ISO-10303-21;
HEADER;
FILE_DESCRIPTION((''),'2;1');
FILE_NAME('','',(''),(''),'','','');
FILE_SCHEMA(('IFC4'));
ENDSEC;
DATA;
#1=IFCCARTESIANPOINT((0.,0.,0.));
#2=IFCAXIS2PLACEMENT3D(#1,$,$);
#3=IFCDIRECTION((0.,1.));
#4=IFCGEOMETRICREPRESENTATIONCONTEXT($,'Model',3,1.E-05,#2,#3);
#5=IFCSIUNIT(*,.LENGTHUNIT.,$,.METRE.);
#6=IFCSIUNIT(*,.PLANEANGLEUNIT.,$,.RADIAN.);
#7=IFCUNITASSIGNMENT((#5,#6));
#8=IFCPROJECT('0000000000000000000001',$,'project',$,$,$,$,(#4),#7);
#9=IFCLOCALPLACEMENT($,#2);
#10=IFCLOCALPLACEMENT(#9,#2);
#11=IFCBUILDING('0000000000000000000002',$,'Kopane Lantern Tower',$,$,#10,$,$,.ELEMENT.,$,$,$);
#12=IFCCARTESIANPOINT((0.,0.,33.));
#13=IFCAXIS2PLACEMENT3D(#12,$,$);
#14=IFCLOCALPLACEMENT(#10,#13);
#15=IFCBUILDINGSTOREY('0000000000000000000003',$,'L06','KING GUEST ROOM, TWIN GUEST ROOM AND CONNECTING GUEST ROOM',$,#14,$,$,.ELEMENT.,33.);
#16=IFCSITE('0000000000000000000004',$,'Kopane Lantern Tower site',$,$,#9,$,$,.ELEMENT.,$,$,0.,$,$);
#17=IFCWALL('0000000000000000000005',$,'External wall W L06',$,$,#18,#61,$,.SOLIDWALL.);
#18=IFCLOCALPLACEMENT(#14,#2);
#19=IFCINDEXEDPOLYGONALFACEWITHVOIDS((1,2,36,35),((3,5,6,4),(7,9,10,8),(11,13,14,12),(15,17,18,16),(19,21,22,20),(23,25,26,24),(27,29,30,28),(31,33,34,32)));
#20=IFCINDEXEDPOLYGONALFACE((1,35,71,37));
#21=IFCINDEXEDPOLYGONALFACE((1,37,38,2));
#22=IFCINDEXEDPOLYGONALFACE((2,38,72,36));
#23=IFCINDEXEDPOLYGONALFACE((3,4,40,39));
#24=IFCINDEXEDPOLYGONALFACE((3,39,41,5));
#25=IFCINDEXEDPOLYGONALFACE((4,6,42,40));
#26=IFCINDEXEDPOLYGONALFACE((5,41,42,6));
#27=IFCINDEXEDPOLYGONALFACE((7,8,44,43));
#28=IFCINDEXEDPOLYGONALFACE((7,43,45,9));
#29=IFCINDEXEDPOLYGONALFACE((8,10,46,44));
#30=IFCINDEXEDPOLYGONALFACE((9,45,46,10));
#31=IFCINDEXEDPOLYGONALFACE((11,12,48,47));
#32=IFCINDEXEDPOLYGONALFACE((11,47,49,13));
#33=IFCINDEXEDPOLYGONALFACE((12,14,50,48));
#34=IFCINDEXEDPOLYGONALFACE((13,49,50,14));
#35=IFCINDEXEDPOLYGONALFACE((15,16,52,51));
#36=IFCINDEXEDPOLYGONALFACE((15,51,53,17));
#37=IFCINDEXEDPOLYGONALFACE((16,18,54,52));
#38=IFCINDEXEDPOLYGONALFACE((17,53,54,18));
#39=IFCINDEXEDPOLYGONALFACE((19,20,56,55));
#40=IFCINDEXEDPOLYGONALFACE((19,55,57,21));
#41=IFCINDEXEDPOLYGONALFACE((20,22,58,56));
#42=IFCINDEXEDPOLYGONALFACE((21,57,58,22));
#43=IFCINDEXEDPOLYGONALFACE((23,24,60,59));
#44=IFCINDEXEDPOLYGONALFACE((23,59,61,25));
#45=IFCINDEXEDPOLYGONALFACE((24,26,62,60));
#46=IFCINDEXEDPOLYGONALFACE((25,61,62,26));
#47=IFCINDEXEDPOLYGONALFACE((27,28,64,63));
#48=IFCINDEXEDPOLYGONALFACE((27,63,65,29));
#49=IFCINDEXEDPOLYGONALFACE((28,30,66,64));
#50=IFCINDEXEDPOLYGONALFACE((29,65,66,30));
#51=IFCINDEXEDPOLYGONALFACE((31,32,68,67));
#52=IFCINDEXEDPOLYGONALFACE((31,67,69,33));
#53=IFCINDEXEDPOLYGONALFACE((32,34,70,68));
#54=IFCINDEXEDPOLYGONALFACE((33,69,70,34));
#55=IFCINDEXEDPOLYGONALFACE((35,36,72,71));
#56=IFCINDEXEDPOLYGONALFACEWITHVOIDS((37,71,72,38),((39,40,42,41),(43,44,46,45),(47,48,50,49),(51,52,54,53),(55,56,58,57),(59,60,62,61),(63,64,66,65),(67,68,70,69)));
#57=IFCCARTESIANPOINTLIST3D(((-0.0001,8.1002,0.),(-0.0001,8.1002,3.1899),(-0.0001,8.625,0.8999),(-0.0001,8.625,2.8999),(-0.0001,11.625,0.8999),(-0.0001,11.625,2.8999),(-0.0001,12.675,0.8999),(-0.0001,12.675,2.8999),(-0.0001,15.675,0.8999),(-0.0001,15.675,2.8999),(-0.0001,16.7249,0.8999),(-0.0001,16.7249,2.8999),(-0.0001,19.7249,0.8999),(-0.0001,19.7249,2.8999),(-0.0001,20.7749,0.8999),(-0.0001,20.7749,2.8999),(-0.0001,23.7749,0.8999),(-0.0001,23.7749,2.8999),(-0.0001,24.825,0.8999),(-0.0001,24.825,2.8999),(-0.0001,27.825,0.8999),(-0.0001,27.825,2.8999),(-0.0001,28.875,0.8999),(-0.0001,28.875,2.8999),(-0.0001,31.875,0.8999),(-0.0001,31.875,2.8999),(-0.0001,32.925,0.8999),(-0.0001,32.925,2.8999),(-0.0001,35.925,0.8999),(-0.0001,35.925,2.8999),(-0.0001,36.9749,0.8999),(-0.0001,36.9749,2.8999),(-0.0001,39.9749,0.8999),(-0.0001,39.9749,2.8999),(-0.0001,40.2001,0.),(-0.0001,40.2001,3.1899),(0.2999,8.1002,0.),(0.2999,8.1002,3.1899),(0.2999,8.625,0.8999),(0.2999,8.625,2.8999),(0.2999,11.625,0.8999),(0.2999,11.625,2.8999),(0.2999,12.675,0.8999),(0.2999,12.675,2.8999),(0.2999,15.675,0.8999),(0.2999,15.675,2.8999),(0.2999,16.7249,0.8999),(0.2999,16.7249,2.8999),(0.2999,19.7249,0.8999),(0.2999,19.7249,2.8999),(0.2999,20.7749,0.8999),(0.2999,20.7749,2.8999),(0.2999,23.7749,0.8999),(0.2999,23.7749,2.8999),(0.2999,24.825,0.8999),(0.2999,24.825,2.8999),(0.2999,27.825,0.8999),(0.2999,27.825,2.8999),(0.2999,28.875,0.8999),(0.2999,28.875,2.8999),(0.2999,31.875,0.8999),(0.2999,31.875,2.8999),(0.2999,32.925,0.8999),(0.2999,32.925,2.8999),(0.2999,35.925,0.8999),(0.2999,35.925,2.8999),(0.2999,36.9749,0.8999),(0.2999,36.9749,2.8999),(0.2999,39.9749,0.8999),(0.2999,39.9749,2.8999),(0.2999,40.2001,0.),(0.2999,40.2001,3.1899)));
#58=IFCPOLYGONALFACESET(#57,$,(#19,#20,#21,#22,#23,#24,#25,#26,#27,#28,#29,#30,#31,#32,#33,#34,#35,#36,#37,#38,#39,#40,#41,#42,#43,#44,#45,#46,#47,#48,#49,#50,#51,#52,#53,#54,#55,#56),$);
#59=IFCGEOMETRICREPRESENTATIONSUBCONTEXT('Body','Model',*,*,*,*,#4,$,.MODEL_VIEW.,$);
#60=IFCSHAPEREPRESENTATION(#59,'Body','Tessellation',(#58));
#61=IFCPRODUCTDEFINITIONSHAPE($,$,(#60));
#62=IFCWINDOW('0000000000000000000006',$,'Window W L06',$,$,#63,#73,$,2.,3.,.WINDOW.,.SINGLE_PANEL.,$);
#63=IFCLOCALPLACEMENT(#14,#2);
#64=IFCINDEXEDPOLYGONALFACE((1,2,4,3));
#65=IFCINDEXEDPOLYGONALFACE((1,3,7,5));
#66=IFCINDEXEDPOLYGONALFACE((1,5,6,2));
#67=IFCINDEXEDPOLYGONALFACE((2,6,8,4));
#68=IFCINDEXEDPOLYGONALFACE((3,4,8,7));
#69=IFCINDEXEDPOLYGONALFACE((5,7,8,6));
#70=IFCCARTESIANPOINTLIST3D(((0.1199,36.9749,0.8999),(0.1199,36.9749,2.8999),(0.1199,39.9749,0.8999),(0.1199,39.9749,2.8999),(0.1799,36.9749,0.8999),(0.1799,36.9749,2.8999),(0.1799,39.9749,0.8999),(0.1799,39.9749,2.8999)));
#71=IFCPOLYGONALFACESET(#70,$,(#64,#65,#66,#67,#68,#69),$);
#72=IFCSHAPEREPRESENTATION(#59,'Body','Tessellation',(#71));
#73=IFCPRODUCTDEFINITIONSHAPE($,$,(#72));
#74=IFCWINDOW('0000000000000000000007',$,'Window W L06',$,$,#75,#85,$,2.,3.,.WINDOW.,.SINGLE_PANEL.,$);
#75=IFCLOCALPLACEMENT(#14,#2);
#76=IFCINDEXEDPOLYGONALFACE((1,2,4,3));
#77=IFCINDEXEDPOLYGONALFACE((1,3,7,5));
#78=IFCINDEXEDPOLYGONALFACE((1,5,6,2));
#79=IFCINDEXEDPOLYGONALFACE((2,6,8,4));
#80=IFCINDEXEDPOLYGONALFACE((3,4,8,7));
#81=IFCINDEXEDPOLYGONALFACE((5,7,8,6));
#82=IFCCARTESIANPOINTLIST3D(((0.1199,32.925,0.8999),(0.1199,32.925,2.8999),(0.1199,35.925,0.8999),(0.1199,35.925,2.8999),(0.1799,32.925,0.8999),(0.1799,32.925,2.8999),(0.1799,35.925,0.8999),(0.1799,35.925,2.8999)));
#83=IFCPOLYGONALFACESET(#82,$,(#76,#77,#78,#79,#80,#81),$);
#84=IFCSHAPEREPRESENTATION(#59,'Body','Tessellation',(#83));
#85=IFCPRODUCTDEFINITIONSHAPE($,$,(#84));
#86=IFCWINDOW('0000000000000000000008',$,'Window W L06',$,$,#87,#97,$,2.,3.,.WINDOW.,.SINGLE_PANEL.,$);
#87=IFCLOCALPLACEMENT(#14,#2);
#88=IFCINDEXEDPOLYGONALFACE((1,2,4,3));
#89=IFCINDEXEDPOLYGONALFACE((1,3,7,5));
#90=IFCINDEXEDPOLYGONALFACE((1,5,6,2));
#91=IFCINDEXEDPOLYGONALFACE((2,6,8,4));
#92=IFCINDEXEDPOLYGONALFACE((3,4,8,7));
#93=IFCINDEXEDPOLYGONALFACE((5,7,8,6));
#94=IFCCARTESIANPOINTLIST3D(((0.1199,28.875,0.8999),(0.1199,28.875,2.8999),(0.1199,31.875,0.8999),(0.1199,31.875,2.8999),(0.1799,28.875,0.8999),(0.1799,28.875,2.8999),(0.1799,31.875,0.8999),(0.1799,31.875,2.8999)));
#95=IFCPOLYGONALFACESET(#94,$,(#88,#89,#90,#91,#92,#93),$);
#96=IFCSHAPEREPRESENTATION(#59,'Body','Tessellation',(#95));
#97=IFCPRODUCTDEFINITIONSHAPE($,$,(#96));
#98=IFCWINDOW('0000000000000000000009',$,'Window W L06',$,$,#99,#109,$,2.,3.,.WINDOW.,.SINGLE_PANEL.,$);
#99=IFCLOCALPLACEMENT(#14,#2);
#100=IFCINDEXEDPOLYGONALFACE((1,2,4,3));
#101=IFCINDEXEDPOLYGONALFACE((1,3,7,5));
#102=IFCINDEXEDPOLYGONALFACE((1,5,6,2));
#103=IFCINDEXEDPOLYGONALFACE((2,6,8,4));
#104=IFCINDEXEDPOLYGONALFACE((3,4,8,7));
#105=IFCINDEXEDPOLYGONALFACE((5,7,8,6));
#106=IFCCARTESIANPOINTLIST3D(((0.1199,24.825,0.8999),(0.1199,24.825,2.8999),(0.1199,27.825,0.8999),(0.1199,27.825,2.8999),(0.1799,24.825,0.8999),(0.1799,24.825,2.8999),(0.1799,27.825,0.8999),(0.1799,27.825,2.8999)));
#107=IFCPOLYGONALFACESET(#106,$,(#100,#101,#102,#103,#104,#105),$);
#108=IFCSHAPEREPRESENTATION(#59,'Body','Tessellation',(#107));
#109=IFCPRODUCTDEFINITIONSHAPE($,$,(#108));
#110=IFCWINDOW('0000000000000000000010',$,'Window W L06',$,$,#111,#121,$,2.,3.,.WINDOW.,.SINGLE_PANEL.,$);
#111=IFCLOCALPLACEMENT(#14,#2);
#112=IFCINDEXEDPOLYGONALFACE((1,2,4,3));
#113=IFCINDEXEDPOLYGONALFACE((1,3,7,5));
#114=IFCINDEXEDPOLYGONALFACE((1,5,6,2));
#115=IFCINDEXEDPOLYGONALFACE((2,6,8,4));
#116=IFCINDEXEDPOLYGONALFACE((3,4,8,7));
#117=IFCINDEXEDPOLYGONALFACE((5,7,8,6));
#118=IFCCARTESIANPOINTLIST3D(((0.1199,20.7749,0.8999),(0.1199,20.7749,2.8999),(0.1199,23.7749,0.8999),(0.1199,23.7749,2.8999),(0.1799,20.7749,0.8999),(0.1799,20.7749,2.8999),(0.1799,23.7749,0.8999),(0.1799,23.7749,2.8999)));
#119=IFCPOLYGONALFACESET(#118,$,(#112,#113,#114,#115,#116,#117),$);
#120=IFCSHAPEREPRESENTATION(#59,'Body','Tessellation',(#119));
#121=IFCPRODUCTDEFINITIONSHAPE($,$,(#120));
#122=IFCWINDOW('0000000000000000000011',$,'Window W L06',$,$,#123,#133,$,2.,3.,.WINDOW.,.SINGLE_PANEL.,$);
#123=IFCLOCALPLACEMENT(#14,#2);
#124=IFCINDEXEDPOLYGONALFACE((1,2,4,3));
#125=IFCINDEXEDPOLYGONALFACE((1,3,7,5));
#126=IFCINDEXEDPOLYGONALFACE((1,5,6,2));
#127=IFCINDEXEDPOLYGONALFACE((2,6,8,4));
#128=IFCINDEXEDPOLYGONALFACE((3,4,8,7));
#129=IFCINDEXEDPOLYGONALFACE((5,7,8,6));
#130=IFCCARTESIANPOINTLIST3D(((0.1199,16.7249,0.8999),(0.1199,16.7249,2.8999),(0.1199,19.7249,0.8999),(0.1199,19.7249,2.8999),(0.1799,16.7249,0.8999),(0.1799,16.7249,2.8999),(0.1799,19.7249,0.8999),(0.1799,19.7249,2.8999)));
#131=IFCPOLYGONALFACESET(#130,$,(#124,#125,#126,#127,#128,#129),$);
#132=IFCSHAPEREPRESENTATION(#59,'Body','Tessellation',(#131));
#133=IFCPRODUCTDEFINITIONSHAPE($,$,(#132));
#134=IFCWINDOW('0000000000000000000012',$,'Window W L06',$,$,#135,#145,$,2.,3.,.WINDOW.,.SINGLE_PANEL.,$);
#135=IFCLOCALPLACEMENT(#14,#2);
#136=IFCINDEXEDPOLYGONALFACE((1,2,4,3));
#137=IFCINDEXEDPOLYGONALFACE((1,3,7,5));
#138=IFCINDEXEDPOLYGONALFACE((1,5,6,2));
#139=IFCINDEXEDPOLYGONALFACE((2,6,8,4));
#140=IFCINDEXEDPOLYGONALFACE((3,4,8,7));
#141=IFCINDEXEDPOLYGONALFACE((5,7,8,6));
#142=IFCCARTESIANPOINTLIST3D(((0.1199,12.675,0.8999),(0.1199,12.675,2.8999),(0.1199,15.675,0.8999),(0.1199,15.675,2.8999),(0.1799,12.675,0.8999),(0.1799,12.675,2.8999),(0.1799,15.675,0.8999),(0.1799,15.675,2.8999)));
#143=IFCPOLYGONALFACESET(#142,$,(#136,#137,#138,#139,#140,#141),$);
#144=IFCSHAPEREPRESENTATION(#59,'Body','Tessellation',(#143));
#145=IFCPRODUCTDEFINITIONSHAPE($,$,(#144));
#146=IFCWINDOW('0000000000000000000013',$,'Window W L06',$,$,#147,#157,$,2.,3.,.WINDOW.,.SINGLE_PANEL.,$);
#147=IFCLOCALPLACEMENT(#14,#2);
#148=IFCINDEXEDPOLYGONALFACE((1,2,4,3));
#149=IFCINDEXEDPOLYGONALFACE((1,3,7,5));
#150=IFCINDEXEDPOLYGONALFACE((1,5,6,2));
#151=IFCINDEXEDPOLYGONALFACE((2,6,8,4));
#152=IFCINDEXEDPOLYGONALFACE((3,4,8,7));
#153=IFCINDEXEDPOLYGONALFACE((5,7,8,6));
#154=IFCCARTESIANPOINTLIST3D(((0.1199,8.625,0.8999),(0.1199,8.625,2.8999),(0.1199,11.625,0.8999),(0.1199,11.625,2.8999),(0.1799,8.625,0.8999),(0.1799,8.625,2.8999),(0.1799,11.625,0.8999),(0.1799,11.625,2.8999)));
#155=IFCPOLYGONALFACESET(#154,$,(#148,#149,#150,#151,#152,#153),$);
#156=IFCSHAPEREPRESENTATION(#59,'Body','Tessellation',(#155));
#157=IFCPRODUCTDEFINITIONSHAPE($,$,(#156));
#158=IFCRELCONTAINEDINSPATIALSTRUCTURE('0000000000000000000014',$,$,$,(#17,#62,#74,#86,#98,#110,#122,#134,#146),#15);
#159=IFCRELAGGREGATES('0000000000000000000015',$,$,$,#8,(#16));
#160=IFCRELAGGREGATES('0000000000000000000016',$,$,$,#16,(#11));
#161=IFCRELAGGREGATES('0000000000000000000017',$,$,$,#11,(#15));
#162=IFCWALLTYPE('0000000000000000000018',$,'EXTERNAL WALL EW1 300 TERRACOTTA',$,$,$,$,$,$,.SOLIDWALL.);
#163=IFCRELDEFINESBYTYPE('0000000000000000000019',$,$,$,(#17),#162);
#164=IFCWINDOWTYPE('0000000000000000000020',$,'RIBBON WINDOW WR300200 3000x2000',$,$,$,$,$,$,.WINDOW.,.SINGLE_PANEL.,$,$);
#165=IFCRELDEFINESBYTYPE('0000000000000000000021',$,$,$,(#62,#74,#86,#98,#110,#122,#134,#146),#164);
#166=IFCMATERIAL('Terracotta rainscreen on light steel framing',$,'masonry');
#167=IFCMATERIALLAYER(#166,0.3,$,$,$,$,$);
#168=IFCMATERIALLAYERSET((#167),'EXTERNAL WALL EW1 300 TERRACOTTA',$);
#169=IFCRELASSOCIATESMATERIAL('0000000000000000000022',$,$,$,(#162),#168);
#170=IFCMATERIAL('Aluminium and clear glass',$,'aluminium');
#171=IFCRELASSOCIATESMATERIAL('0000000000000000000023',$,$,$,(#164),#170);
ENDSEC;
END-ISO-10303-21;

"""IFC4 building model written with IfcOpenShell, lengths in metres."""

from ifc_helpers import new_model, si_unit, direction, frame, frame_2d, origin, place, context, subcontext, project, spatial, rectangle, extrude, material, layer, layer_set, type_object, element, fill, save


model = new_model("IFC4")

# Units and contexts
model_context = context("Model", 3, precision=1e-05, world=origin(), true_north=direction((0.0, 1.0)))
body_context = subcontext(model_context, "Body", "Model", "MODEL_VIEW")
ifc_project = project(units=[si_unit("LENGTHUNIT", "METRE"), si_unit("PLANEANGLEUNIT", "RADIAN")], contexts=[model_context])

# Site, building, storey
site_placement = place(None, origin())
site = spatial("IfcSite", under=ifc_project, at=site_placement, Name="Kopane Lantern Tower site", CompositionType="ELEMENT", RefElevation=0.0)
building_placement = place(site_placement, origin())
building = spatial("IfcBuilding", under=site, at=building_placement, Name="Kopane Lantern Tower", CompositionType="ELEMENT")
storey_placement = place(building_placement, frame((0.0, 0.0, 33.0)))
storey = spatial("IfcBuildingStorey", under=building, at=storey_placement, Name="L06", Description="KING GUEST ROOM, TWIN GUEST ROOM AND CONNECTING GUEST ROOM", CompositionType="ELEMENT", Elevation=33.0)

# Shared definitions
ifc_material_1 = material(Name="Terracotta rainscreen on light steel framing", Category="masonry")
ifc_layer_1 = layer(ifc_material_1, 0.3)
ifc_layer_set_1 = layer_set([ifc_layer_1], Name="EXTERNAL WALL EW1 300 TERRACOTTA")
wall_type_1 = type_object("IfcWallType", Name="EXTERNAL WALL EW1 300 TERRACOTTA", PredefinedType="SOLIDWALL", material=ifc_layer_set_1)

# Wall, openings, windows
wall_1_placement = place(storey_placement, frame((0.1499, 40.2, 0.0), z_axis=(0.0, 0.0, 1.0), x_axis=(0.0, -1.0, 0.0)))
wall_1 = element("IfcWall", 1, at=wall_1_placement, inside=storey, type_object=wall_type_1, Name="External wall W L06", PredefinedType="SOLIDWALL", context=body_context, shape_type="SweptSolid", body=[
    extrude(rectangle(XDim=32.0999, YDim=0.3, at=frame_2d((16.0498, 0.0))), origin(), (0.0, 0.0, 1.0), 3.1899),
])
opening_1_placement = place(wall_1_placement, frame((0.2251, 0.0, 0.8999)))
opening_1 = element("IfcOpeningElement", 2, at=opening_1_placement, cuts=wall_1, PredefinedType="OPENING", context=body_context, shape_type="SweptSolid", body=[
    extrude(rectangle(XDim=3.0, YDim=2.0, at=frame_2d((1.5, 1.0))), frame((0.0, 0.1599, 0.0), z_axis=(0.0, -1.0, 0.0), x_axis=(1.0, 0.0, 0.0)), (0.0, 0.0, 1.0), 0.3201),
])
opening_2_placement = place(wall_1_placement, frame((4.2749, 0.0, 0.8999)))
opening_2 = element("IfcOpeningElement", 3, at=opening_2_placement, cuts=wall_1, PredefinedType="OPENING", context=body_context, shape_type="SweptSolid", body=[
    extrude(rectangle(XDim=3.0, YDim=2.0, at=frame_2d((1.5, 1.0))), frame((0.0, 0.1599, 0.0), z_axis=(0.0, -1.0, 0.0), x_axis=(1.0, 0.0, 0.0)), (0.0, 0.0, 1.0), 0.3201),
])
opening_3_placement = place(wall_1_placement, frame((8.325, 0.0, 0.8999)))
opening_3 = element("IfcOpeningElement", 4, at=opening_3_placement, cuts=wall_1, PredefinedType="OPENING", context=body_context, shape_type="SweptSolid", body=[
    extrude(rectangle(XDim=3.0, YDim=2.0, at=frame_2d((1.5, 1.0))), frame((0.0, 0.1599, 0.0), z_axis=(0.0, -1.0, 0.0), x_axis=(1.0, 0.0, 0.0)), (0.0, 0.0, 1.0), 0.3201),
])
opening_4_placement = place(wall_1_placement, frame((12.375, 0.0, 0.8999)))
opening_4 = element("IfcOpeningElement", 5, at=opening_4_placement, cuts=wall_1, PredefinedType="OPENING", context=body_context, shape_type="SweptSolid", body=[
    extrude(rectangle(XDim=3.0, YDim=2.0, at=frame_2d((1.5, 1.0))), frame((0.0, 0.1599, 0.0), z_axis=(0.0, -1.0, 0.0), x_axis=(1.0, 0.0, 0.0)), (0.0, 0.0, 1.0), 0.3201),
])
opening_5_placement = place(wall_1_placement, frame((16.425, 0.0, 0.8999)))
opening_5 = element("IfcOpeningElement", 6, at=opening_5_placement, cuts=wall_1, PredefinedType="OPENING", context=body_context, shape_type="SweptSolid", body=[
    extrude(rectangle(XDim=3.0, YDim=2.0, at=frame_2d((1.5, 1.0))), frame((0.0, 0.1599, 0.0), z_axis=(0.0, -1.0, 0.0), x_axis=(1.0, 0.0, 0.0)), (0.0, 0.0, 1.0), 0.3201),
])
opening_6_placement = place(wall_1_placement, frame((20.4751, 0.0, 0.8999)))
opening_6 = element("IfcOpeningElement", 7, at=opening_6_placement, cuts=wall_1, PredefinedType="OPENING", context=body_context, shape_type="SweptSolid", body=[
    extrude(rectangle(XDim=3.0, YDim=2.0, at=frame_2d((1.5, 1.0))), frame((0.0, 0.1599, 0.0), z_axis=(0.0, -1.0, 0.0), x_axis=(1.0, 0.0, 0.0)), (0.0, 0.0, 1.0), 0.3201),
])
opening_7_placement = place(wall_1_placement, frame((24.5249, 0.0, 0.8999)))
opening_7 = element("IfcOpeningElement", 8, at=opening_7_placement, cuts=wall_1, PredefinedType="OPENING", context=body_context, shape_type="SweptSolid", body=[
    extrude(rectangle(XDim=3.0, YDim=2.0, at=frame_2d((1.5, 1.0))), frame((0.0, 0.1599, 0.0), z_axis=(0.0, -1.0, 0.0), x_axis=(1.0, 0.0, 0.0)), (0.0, 0.0, 1.0), 0.3201),
])
opening_8_placement = place(wall_1_placement, frame((28.575, 0.0, 0.8999)))
opening_8 = element("IfcOpeningElement", 9, at=opening_8_placement, cuts=wall_1, PredefinedType="OPENING", context=body_context, shape_type="SweptSolid", body=[
    extrude(rectangle(XDim=3.0, YDim=2.0, at=frame_2d((1.5, 1.0))), frame((0.0, 0.1599, 0.0), z_axis=(0.0, -1.0, 0.0), x_axis=(1.0, 0.0, 0.0)), (0.0, 0.0, 1.0), 0.3201),
])
ifc_material_2 = material(Name="Aluminium and clear glass", Category="aluminium")
window_type_1 = type_object("IfcWindowType", Name="RIBBON WINDOW WR300200 3000x2000", PartitioningType="SINGLE_PANEL", PredefinedType="WINDOW", material=ifc_material_2)
window_1_placement = place(opening_1_placement, origin())
window_1 = element("IfcWindow", 10, at=window_1_placement, inside=storey, type_object=window_type_1, Name="Window W L06", OverallHeight=2.0, OverallWidth=3.0, PartitioningType="SINGLE_PANEL", PredefinedType="WINDOW", context=body_context, shape_type="SweptSolid", body=[
    extrude(rectangle(XDim=3.0, YDim=2.0, at=frame_2d((1.5, 1.0))), frame((0.0, 0.03, 0.0), z_axis=(0.0, -1.0, 0.0), x_axis=(1.0, 0.0, 0.0)), (0.0, 0.0, 1.0), 0.0601),
])
fill(opening_1, window_1)
window_2_placement = place(opening_2_placement, origin())
window_2 = element("IfcWindow", 11, at=window_2_placement, inside=storey, type_object=window_type_1, Name="Window W L06", OverallHeight=2.0, OverallWidth=3.0, PartitioningType="SINGLE_PANEL", PredefinedType="WINDOW", context=body_context, shape_type="SweptSolid", body=[
    extrude(rectangle(XDim=3.0, YDim=2.0, at=frame_2d((1.5, 1.0))), frame((0.0, 0.03, 0.0), z_axis=(0.0, -1.0, 0.0), x_axis=(1.0, 0.0, 0.0)), (0.0, 0.0, 1.0), 0.0601),
])
fill(opening_2, window_2)
window_3_placement = place(opening_3_placement, origin())
window_3 = element("IfcWindow", 12, at=window_3_placement, inside=storey, type_object=window_type_1, Name="Window W L06", OverallHeight=2.0, OverallWidth=3.0, PartitioningType="SINGLE_PANEL", PredefinedType="WINDOW", context=body_context, shape_type="SweptSolid", body=[
    extrude(rectangle(XDim=3.0, YDim=2.0, at=frame_2d((1.5, 1.0))), frame((0.0, 0.03, 0.0), z_axis=(0.0, -1.0, 0.0), x_axis=(1.0, 0.0, 0.0)), (0.0, 0.0, 1.0), 0.0601),
])
fill(opening_3, window_3)
window_4_placement = place(opening_4_placement, origin())
window_4 = element("IfcWindow", 13, at=window_4_placement, inside=storey, type_object=window_type_1, Name="Window W L06", OverallHeight=2.0, OverallWidth=3.0, PartitioningType="SINGLE_PANEL", PredefinedType="WINDOW", context=body_context, shape_type="SweptSolid", body=[
    extrude(rectangle(XDim=3.0, YDim=2.0, at=frame_2d((1.5, 1.0))), frame((0.0, 0.03, 0.0), z_axis=(0.0, -1.0, 0.0), x_axis=(1.0, 0.0, 0.0)), (0.0, 0.0, 1.0), 0.0601),
])
fill(opening_4, window_4)
window_5_placement = place(opening_5_placement, origin())
window_5 = element("IfcWindow", 14, at=window_5_placement, inside=storey, type_object=window_type_1, Name="Window W L06", OverallHeight=2.0, OverallWidth=3.0, PartitioningType="SINGLE_PANEL", PredefinedType="WINDOW", context=body_context, shape_type="SweptSolid", body=[
    extrude(rectangle(XDim=3.0, YDim=2.0, at=frame_2d((1.5, 1.0))), frame((0.0, 0.03, 0.0), z_axis=(0.0, -1.0, 0.0), x_axis=(1.0, 0.0, 0.0)), (0.0, 0.0, 1.0), 0.0601),
])
fill(opening_5, window_5)
window_6_placement = place(opening_6_placement, origin())
window_6 = element("IfcWindow", 15, at=window_6_placement, inside=storey, type_object=window_type_1, Name="Window W L06", OverallHeight=2.0, OverallWidth=3.0, PartitioningType="SINGLE_PANEL", PredefinedType="WINDOW", context=body_context, shape_type="SweptSolid", body=[
    extrude(rectangle(XDim=3.0, YDim=2.0, at=frame_2d((1.5, 1.0))), frame((0.0, 0.03, 0.0), z_axis=(0.0, -1.0, 0.0), x_axis=(1.0, 0.0, 0.0)), (0.0, 0.0, 1.0), 0.0601),
])
fill(opening_6, window_6)
window_7_placement = place(opening_7_placement, origin())
window_7 = element("IfcWindow", 16, at=window_7_placement, inside=storey, type_object=window_type_1, Name="Window W L06", OverallHeight=2.0, OverallWidth=3.0, PartitioningType="SINGLE_PANEL", PredefinedType="WINDOW", context=body_context, shape_type="SweptSolid", body=[
    extrude(rectangle(XDim=3.0, YDim=2.0, at=frame_2d((1.5, 1.0))), frame((0.0, 0.03, 0.0), z_axis=(0.0, -1.0, 0.0), x_axis=(1.0, 0.0, 0.0)), (0.0, 0.0, 1.0), 0.0601),
])
fill(opening_7, window_7)
window_8_placement = place(opening_8_placement, origin())
window_8 = element("IfcWindow", 17, at=window_8_placement, inside=storey, type_object=window_type_1, Name="Window W L06", OverallHeight=2.0, OverallWidth=3.0, PartitioningType="SINGLE_PANEL", PredefinedType="WINDOW", context=body_context, shape_type="SweptSolid", body=[
    extrude(rectangle(XDim=3.0, YDim=2.0, at=frame_2d((1.5, 1.0))), frame((0.0, 0.03, 0.0), z_axis=(0.0, -1.0, 0.0), x_axis=(1.0, 0.0, 0.0)), (0.0, 0.0, 1.0), 0.0601),
])
fill(opening_8, window_8)

save(model, "model.ifc")
